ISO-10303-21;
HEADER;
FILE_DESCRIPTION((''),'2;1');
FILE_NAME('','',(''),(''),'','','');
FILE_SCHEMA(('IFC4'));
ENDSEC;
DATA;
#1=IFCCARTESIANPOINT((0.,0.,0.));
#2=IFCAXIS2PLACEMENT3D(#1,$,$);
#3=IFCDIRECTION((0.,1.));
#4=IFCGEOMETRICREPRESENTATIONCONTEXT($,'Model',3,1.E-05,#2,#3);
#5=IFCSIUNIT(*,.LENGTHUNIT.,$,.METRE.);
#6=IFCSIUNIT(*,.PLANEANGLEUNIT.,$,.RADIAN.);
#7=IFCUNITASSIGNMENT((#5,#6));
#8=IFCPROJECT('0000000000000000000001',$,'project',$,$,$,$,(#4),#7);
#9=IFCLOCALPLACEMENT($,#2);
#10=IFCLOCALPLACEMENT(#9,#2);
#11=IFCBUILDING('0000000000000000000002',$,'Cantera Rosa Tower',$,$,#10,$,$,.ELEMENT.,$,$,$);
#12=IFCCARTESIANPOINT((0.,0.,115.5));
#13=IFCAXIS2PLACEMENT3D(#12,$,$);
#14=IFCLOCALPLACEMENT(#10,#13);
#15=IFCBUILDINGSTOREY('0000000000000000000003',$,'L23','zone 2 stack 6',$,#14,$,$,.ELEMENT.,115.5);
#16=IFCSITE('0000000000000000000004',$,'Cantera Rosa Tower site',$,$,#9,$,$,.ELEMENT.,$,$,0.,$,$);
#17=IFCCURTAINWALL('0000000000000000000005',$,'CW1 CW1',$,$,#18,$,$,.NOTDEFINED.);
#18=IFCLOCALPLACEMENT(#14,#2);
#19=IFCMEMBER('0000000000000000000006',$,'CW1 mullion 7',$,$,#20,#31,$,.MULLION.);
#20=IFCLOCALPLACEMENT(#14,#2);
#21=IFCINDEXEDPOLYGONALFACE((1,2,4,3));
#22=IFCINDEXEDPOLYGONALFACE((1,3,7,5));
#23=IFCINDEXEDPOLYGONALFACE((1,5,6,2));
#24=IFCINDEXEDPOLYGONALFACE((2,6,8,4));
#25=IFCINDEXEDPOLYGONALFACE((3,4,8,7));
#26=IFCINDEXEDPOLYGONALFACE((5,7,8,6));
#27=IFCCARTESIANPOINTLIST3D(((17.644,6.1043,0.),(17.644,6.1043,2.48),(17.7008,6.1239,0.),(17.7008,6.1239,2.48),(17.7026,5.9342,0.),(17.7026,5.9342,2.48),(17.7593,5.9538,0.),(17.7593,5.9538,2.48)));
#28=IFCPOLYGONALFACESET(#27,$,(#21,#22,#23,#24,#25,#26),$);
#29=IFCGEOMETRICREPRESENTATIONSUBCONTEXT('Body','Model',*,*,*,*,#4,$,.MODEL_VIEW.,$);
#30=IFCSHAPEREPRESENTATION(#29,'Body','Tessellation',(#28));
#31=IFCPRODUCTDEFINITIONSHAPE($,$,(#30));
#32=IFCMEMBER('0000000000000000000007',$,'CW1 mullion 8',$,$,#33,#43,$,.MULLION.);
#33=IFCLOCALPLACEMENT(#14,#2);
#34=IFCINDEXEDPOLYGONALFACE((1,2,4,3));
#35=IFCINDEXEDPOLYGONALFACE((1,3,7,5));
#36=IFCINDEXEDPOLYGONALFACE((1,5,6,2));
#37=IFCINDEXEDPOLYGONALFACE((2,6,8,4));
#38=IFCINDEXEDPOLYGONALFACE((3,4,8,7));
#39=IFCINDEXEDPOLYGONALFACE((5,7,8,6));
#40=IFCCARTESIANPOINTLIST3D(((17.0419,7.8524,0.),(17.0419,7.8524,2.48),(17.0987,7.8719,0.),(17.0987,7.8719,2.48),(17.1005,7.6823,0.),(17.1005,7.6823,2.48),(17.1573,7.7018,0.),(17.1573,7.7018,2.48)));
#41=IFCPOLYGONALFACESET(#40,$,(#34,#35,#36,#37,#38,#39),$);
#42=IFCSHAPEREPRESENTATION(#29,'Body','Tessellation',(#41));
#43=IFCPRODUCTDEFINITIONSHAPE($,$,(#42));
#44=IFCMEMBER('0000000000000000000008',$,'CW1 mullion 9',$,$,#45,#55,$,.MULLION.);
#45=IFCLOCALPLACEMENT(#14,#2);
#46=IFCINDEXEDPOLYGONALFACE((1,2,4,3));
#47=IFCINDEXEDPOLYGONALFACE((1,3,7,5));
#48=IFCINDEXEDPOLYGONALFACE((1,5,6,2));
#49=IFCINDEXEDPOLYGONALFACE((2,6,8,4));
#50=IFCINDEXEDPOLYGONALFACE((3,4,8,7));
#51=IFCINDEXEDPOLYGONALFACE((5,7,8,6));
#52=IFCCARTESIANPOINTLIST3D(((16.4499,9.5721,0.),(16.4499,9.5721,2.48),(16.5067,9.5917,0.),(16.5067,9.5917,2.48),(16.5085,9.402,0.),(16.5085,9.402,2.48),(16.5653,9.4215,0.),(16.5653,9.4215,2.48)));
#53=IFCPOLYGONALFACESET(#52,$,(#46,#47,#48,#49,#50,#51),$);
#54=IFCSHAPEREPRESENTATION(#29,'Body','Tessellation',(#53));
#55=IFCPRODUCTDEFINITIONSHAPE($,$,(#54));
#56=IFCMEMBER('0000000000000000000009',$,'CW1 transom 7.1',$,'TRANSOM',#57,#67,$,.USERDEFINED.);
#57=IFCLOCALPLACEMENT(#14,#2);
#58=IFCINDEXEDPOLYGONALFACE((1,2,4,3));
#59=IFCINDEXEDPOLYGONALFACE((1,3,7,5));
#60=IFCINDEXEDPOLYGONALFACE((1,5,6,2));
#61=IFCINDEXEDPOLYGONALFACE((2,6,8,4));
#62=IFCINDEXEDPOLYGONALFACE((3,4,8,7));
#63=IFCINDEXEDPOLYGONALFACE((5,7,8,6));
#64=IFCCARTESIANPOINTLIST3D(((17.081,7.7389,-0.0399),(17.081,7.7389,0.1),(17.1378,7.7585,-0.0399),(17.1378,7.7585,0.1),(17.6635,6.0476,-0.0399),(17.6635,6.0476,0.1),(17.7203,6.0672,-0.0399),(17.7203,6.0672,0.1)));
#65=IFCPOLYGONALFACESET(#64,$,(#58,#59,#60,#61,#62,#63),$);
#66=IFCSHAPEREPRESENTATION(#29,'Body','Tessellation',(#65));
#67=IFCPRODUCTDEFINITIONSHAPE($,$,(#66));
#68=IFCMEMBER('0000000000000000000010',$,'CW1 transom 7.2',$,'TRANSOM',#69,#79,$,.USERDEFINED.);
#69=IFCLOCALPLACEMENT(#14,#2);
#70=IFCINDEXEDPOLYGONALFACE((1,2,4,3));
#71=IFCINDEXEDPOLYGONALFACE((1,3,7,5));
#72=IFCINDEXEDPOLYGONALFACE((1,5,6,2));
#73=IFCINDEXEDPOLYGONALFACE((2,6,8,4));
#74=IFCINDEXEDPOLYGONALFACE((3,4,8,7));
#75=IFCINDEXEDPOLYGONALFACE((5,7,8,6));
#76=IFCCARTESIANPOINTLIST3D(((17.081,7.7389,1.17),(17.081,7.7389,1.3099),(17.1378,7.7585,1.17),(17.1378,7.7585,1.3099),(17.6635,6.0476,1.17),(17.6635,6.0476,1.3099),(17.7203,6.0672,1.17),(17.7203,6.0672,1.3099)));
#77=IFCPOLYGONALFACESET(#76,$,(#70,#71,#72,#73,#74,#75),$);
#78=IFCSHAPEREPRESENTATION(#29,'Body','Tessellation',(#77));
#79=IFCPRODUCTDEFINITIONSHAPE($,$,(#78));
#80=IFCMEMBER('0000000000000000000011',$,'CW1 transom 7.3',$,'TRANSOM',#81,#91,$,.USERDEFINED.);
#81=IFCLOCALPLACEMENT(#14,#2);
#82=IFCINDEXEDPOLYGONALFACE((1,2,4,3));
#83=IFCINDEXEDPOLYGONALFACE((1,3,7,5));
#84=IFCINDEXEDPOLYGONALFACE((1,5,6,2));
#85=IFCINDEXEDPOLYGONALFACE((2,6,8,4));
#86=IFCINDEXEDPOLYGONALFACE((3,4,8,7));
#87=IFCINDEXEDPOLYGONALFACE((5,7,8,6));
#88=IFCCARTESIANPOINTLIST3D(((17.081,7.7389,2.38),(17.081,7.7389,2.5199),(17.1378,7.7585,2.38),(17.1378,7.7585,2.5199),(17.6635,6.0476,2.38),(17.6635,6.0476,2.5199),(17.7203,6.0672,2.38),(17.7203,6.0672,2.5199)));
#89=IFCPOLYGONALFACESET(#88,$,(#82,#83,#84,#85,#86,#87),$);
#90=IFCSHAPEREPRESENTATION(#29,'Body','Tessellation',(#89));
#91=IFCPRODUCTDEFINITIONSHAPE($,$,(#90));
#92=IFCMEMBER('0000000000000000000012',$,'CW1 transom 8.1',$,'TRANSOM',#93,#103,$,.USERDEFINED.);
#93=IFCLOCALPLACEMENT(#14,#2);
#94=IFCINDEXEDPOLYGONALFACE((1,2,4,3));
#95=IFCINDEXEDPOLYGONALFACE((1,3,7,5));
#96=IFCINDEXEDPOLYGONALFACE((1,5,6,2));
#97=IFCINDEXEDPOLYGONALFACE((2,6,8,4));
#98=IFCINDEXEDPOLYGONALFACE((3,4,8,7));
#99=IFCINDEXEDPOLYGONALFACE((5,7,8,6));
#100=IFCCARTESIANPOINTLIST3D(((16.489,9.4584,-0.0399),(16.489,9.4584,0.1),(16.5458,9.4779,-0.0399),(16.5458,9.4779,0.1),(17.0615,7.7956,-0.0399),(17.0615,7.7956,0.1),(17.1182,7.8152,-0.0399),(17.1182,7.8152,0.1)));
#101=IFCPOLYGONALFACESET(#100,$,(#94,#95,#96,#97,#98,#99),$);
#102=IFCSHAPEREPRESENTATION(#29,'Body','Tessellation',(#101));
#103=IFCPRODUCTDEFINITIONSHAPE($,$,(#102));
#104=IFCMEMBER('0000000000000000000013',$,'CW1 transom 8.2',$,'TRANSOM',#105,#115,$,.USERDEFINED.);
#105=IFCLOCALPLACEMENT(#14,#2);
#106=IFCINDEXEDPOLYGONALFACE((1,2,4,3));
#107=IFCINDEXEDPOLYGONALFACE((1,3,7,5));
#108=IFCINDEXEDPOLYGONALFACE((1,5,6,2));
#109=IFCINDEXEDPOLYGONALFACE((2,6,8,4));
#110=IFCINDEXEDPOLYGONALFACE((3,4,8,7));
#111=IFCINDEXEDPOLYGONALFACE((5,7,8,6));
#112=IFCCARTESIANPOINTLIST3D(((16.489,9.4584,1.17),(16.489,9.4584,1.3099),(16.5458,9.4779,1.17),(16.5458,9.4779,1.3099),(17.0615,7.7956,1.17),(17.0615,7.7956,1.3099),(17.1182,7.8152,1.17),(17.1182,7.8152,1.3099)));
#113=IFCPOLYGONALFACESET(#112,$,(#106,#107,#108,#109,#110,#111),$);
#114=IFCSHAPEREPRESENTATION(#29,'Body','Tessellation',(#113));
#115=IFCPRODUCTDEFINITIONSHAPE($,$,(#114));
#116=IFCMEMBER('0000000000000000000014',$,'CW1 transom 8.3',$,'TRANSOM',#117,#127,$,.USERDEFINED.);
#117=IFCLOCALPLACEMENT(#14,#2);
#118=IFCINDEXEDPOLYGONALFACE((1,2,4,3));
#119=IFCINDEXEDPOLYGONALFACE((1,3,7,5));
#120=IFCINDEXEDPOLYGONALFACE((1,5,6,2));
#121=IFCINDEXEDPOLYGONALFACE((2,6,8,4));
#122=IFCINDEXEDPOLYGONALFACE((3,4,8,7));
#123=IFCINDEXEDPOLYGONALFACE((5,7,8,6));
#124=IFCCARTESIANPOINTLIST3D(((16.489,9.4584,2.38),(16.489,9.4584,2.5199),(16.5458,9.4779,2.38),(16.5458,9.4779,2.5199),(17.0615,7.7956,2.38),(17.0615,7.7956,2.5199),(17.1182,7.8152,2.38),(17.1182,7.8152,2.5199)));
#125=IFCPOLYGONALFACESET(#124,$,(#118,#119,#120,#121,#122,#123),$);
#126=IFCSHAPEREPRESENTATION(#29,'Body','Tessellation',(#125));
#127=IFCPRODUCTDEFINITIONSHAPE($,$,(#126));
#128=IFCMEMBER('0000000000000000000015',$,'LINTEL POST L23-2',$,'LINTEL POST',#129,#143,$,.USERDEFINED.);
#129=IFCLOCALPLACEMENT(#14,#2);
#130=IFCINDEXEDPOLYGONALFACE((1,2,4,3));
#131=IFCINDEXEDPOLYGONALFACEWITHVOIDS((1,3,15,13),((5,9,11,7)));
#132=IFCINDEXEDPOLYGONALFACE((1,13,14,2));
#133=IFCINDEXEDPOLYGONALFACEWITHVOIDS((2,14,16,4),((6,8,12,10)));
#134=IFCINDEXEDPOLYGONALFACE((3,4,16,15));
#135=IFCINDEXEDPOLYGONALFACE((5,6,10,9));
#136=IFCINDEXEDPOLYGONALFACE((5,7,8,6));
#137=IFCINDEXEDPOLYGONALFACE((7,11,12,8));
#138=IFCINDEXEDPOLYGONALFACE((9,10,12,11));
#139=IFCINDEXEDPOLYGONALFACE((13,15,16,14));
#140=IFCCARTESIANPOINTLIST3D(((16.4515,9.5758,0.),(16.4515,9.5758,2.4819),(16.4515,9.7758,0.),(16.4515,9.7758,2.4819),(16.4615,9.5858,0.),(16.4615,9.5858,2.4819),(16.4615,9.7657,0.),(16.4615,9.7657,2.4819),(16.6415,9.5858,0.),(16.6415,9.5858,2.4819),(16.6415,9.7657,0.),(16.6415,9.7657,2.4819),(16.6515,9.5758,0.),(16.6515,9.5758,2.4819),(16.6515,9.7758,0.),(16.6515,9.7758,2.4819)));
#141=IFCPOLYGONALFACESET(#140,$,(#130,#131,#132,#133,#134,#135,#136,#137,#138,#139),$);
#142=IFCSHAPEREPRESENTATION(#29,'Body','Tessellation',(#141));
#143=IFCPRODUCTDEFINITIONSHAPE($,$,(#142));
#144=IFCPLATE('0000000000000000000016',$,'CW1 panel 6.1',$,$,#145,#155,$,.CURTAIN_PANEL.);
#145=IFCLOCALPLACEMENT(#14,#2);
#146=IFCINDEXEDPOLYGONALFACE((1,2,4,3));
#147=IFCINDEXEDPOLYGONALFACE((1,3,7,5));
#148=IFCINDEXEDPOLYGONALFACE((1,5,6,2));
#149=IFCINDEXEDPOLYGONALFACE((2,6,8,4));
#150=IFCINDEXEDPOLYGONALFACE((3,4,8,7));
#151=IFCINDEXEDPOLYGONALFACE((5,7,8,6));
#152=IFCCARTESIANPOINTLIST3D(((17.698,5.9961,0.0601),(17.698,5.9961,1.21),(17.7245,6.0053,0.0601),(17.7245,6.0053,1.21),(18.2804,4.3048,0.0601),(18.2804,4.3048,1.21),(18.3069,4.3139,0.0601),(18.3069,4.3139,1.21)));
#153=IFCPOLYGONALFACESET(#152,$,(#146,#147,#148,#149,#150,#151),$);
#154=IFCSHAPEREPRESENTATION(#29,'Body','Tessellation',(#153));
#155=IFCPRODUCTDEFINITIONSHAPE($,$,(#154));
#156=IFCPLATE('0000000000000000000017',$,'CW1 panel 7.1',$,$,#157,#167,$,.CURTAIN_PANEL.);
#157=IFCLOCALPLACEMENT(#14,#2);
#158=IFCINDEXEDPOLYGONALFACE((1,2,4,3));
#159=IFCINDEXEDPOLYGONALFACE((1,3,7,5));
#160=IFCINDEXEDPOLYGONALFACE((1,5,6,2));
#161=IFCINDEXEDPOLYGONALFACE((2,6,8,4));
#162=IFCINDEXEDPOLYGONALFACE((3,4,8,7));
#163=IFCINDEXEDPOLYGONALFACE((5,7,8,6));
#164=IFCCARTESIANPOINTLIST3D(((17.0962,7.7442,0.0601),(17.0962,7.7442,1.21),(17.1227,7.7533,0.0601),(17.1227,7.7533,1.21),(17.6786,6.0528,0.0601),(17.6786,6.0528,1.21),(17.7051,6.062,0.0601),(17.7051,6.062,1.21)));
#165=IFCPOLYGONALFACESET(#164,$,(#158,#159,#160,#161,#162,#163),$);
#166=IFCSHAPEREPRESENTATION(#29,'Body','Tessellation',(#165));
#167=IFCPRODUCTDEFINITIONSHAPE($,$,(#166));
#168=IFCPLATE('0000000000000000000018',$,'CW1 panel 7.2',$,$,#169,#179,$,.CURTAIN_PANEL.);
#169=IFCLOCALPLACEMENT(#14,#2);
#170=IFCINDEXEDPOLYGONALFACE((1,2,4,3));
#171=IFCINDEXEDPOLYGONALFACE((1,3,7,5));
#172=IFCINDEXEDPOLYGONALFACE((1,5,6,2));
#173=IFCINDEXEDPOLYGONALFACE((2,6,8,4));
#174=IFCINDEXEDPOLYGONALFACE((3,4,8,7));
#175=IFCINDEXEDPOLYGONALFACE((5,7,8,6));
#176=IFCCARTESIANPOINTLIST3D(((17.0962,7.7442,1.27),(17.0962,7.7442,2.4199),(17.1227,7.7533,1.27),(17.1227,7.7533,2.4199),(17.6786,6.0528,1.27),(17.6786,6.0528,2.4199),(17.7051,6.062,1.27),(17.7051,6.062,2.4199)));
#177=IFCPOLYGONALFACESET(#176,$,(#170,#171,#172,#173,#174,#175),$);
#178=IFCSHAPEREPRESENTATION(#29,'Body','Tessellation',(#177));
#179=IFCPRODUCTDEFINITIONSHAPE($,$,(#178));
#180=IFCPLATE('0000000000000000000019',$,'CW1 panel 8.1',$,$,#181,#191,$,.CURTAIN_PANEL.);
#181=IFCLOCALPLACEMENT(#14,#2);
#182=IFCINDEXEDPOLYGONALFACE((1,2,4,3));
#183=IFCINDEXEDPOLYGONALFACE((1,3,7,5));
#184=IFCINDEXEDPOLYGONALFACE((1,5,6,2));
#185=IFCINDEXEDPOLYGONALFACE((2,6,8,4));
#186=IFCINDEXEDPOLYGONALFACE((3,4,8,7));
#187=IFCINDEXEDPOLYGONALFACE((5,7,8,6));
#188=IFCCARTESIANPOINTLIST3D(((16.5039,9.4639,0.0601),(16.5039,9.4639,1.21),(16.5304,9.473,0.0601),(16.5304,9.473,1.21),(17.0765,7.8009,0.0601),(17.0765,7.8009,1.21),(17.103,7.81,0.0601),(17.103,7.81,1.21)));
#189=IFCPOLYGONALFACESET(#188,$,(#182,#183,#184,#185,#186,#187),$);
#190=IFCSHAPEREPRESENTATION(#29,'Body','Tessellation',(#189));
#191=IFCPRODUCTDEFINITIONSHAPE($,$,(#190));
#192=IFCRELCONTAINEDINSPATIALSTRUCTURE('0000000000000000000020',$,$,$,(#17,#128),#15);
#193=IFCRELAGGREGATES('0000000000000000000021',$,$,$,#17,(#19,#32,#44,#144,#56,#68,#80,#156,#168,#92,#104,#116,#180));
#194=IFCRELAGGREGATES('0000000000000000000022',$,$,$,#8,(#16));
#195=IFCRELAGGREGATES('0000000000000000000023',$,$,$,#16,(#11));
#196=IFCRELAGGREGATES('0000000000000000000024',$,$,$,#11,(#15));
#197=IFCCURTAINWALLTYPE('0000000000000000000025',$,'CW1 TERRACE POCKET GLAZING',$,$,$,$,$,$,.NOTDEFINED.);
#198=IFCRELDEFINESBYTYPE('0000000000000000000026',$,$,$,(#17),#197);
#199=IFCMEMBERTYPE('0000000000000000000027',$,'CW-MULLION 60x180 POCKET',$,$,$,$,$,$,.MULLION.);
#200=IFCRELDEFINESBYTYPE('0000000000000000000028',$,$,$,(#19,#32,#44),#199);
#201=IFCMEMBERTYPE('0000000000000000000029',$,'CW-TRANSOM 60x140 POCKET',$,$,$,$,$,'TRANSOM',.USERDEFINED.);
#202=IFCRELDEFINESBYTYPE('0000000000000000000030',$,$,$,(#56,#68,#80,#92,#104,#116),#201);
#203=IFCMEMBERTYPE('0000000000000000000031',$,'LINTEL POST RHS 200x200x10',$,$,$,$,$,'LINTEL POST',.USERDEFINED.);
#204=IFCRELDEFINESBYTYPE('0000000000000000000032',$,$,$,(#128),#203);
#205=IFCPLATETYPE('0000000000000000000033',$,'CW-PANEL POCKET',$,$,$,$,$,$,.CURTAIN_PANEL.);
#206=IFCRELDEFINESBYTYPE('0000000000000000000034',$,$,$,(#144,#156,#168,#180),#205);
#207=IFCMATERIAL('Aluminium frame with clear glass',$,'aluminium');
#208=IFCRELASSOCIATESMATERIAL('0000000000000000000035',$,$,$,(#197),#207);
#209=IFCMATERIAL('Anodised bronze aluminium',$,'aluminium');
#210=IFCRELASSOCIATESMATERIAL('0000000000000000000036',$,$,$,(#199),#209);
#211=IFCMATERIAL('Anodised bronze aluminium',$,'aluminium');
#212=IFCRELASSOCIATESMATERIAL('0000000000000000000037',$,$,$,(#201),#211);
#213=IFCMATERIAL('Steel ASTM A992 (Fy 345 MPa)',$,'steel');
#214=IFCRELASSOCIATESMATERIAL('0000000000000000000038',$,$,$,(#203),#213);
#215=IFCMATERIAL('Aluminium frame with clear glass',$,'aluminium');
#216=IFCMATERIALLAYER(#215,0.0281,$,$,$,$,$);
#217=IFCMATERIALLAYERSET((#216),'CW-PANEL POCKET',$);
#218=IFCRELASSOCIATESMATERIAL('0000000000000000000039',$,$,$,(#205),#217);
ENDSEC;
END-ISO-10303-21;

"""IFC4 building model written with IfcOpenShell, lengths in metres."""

from ifc_helpers import new_model, si_unit, direction, frame, origin, origin_2d, place, context, subcontext, project, spatial, rectangle, hollow_rectangle, extrude, material, layer, layer_set, material_profile, profile_set, type_object, element, aggregate, save


model = new_model("IFC4")

# Units and contexts
model_context = context("Model", 3, precision=1e-05, world=origin(), true_north=direction((0.0, 1.0)))
body_context = subcontext(model_context, "Body", "Model", "MODEL_VIEW")
ifc_project = project(units=[si_unit("LENGTHUNIT", "METRE"), si_unit("PLANEANGLEUNIT", "RADIAN")], contexts=[model_context])

# Site, building, storey
site_placement = place(None, origin())
site = spatial("IfcSite", under=ifc_project, at=site_placement, Name="Cantera Rosa Tower site", CompositionType="ELEMENT", RefElevation=0.0)
building_placement = place(site_placement, origin())
building = spatial("IfcBuilding", under=site, at=building_placement, Name="Cantera Rosa Tower", CompositionType="ELEMENT")
storey_placement = place(building_placement, frame((0.0, 0.0, 115.5)))
storey = spatial("IfcBuildingStorey", under=building, at=storey_placement, Name="L23", Description="zone 2 stack 6", CompositionType="ELEMENT", Elevation=115.5)

# Curtain wall, members
ifc_material_1 = material(Name="Aluminium frame with clear glass", Category="aluminium")
curtain_wall_type = type_object("IfcCurtainWallType", Name="CW1 TERRACE POCKET GLAZING", PredefinedType="NOTDEFINED", material=ifc_material_1)
curtain_wall_placement = place(storey_placement, origin())
curtain_wall = element("IfcCurtainWall", 1, at=curtain_wall_placement, inside=storey, type_object=curtain_wall_type, Name="CW1 CW1", PredefinedType="NOTDEFINED")
ifc_material_2 = material(Name="Anodised bronze aluminium", Category="aluminium")
ifc_material_profile_1 = material_profile(ifc_material_2, rectangle(XDim=0.0601, YDim=0.1799, at=origin_2d()), Name="CW-MULLION 60x180 POCKET")
ifc_profile_set_1 = profile_set([ifc_material_profile_1], Name="Anodised bronze aluminium")
member_type_1 = type_object("IfcMemberType", Name="CW-MULLION 60x180 POCKET", PredefinedType="MULLION", material=ifc_profile_set_1)
member_1_placement = place(storey_placement, frame((17.7017, 6.0291, 0.0), z_axis=(0.0, 0.0, 1.0), x_axis=(-0.945519, -0.325568, 0.0)))
member_1 = element("IfcMember", 2, at=member_1_placement, type_object=member_type_1, Name="CW1 mullion 7", PredefinedType="MULLION", context=body_context, shape_type="SweptSolid", body=[
    extrude(rectangle(XDim=0.0601, YDim=0.1799, at=origin_2d()), origin(), (0.0, 0.0, 1.0), 2.48),
])
member_2_placement = place(storey_placement, frame((17.0996, 7.7771, 0.0), z_axis=(0.0, 0.0, 1.0), x_axis=(-0.945519, -0.325568, 0.0)))
member_2 = element("IfcMember", 3, at=member_2_placement, type_object=member_type_1, Name="CW1 mullion 8", PredefinedType="MULLION", context=body_context, shape_type="SweptSolid", body=[
    extrude(rectangle(XDim=0.0601, YDim=0.1799, at=origin_2d()), origin(), (0.0, 0.0, 1.0), 2.48),
])
member_3_placement = place(storey_placement, frame((16.5076, 9.4968, 0.0), z_axis=(0.0, 0.0, 1.0), x_axis=(-0.945519, -0.325568, 0.0)))
member_3 = element("IfcMember", 4, at=member_3_placement, type_object=member_type_1, Name="CW1 mullion 9", PredefinedType="MULLION", context=body_context, shape_type="SweptSolid", body=[
    extrude(rectangle(XDim=0.0601, YDim=0.1799, at=origin_2d()), origin(), (0.0, 0.0, 1.0), 2.48),
])
ifc_material_3 = material(Name="Anodised bronze aluminium", Category="aluminium")
ifc_material_profile_2 = material_profile(ifc_material_3, rectangle(XDim=0.0601, YDim=0.1399, at=origin_2d()), Name="CW-TRANSOM 60x140 POCKET")
ifc_profile_set_2 = profile_set([ifc_material_profile_2], Name="Anodised bronze aluminium")
member_type_2 = type_object("IfcMemberType", Name="CW-TRANSOM 60x140 POCKET", ElementType="TRANSOM", PredefinedType="USERDEFINED", material=ifc_profile_set_2)
member_4_placement = place(storey_placement, frame((17.6919, 6.0574, 0.03), z_axis=(-0.325629, 0.945498, 0.0), x_axis=(-0.945498, -0.325629, 0.0)))
member_4 = element("IfcMember", 5, at=member_4_placement, type_object=member_type_2, Name="CW1 transom 7.1", ObjectType="TRANSOM", PredefinedType="USERDEFINED", context=body_context, shape_type="SweptSolid", body=[
    extrude(rectangle(XDim=0.0601, YDim=0.1399, at=origin_2d()), origin(), (0.0, 0.0, 1.0), 1.7888),
])
member_5_placement = place(storey_placement, frame((17.6919, 6.0574, 1.24), z_axis=(-0.325629, 0.945498, 0.0), x_axis=(-0.945498, -0.325629, 0.0)))
member_5 = element("IfcMember", 6, at=member_5_placement, type_object=member_type_2, Name="CW1 transom 7.2", ObjectType="TRANSOM", PredefinedType="USERDEFINED", context=body_context, shape_type="SweptSolid", body=[
    extrude(rectangle(XDim=0.0601, YDim=0.1399, at=origin_2d()), origin(), (0.0, 0.0, 1.0), 1.7888),
])
member_6_placement = place(storey_placement, frame((17.6919, 6.0574, 2.45), z_axis=(-0.325629, 0.945498, 0.0), x_axis=(-0.945498, -0.325629, 0.0)))
member_6 = element("IfcMember", 7, at=member_6_placement, type_object=member_type_2, Name="CW1 transom 7.3", ObjectType="TRANSOM", PredefinedType="USERDEFINED", context=body_context, shape_type="SweptSolid", body=[
    extrude(rectangle(XDim=0.0601, YDim=0.1399, at=origin_2d()), origin(), (0.0, 0.0, 1.0), 1.7888),
])
member_7_placement = place(storey_placement, frame((17.0898, 7.8054, 0.03), z_axis=(-0.325541, 0.945528, 0.0), x_axis=(-0.945528, -0.325541, 0.0)))
member_7 = element("IfcMember", 8, at=member_7_placement, type_object=member_type_2, Name="CW1 transom 8.1", ObjectType="TRANSOM", PredefinedType="USERDEFINED", context=body_context, shape_type="SweptSolid", body=[
    extrude(rectangle(XDim=0.0601, YDim=0.1399, at=origin_2d()), origin(), (0.0, 0.0, 1.0), 1.7585),
])
member_8_placement = place(storey_placement, frame((17.0898, 7.8054, 1.24), z_axis=(-0.325541, 0.945528, 0.0), x_axis=(-0.945528, -0.325541, 0.0)))
member_8 = element("IfcMember", 9, at=member_8_placement, type_object=member_type_2, Name="CW1 transom 8.2", ObjectType="TRANSOM", PredefinedType="USERDEFINED", context=body_context, shape_type="SweptSolid", body=[
    extrude(rectangle(XDim=0.0601, YDim=0.1399, at=origin_2d()), origin(), (0.0, 0.0, 1.0), 1.7585),
])
member_9_placement = place(storey_placement, frame((17.0898, 7.8054, 2.45), z_axis=(-0.325541, 0.945528, 0.0), x_axis=(-0.945528, -0.325541, 0.0)))
member_9 = element("IfcMember", 10, at=member_9_placement, type_object=member_type_2, Name="CW1 transom 8.3", ObjectType="TRANSOM", PredefinedType="USERDEFINED", context=body_context, shape_type="SweptSolid", body=[
    extrude(rectangle(XDim=0.0601, YDim=0.1399, at=origin_2d()), origin(), (0.0, 0.0, 1.0), 1.7585),
])

# Member
ifc_material_4 = material(Name="Steel ASTM A992 (Fy 345 MPa)", Category="steel")
ifc_material_profile_3 = material_profile(ifc_material_4, hollow_rectangle(XDim=0.2, YDim=0.2, WallThickness=0.01, at=origin_2d()), Name="LINTEL POST RHS 200x200x10")
ifc_profile_set_3 = profile_set([ifc_material_profile_3], Name="Steel ASTM A992 (Fy 345 MPa)")
member_type_3 = type_object("IfcMemberType", Name="LINTEL POST RHS 200x200x10", ElementType="LINTEL POST", PredefinedType="USERDEFINED", material=ifc_profile_set_3)
member_10_placement = place(storey_placement, frame((16.5515, 9.6758, 0.0), z_axis=(0.0, 0.0, 1.0), x_axis=(1.0, 0.0, 0.0)))
element("IfcMember", 11, at=member_10_placement, inside=storey, type_object=member_type_3, Name="LINTEL POST L23-2", ObjectType="LINTEL POST", PredefinedType="USERDEFINED", context=body_context, shape_type="SweptSolid", body=[
    extrude(hollow_rectangle(XDim=0.2, YDim=0.2, WallThickness=0.01, at=origin_2d()), origin(), (0.0, 0.0, 1.0), 2.4819),
])

# Plates
ifc_material_5 = material(Name="Aluminium frame with clear glass", Category="aluminium")
ifc_layer_1 = layer(ifc_material_5, 0.0281)
ifc_layer_set_1 = layer_set([ifc_layer_1], Name="CW-PANEL POCKET")
plate_type = type_object("IfcPlateType", Name="CW-PANEL POCKET", PredefinedType="CURTAIN_PANEL", material=ifc_layer_set_1)
plate_1_placement = place(storey_placement, frame((18.0024, 5.155, 0.0601), z_axis=(0.0, 0.0, 1.0), x_axis=(-0.325568, 0.945519, 0.0)))
plate_1 = element("IfcPlate", 12, at=plate_1_placement, type_object=plate_type, Name="CW1 panel 6.1", PredefinedType="CURTAIN_PANEL", context=body_context, shape_type="SweptSolid", body=[
    extrude(rectangle(XDim=1.7888, YDim=0.0281, at=origin_2d()), origin(), (0.0, 0.0, 1.0), 1.1499),
])
plate_2_placement = place(storey_placement, frame((17.4006, 6.9031, 0.0601), z_axis=(0.0, 0.0, 1.0), x_axis=(-0.325568, 0.945519, 0.0)))
plate_2 = element("IfcPlate", 13, at=plate_2_placement, type_object=plate_type, Name="CW1 panel 7.1", PredefinedType="CURTAIN_PANEL", context=body_context, shape_type="SweptSolid", body=[
    extrude(rectangle(XDim=1.7888, YDim=0.0281, at=origin_2d()), origin(), (0.0, 0.0, 1.0), 1.1499),
])
plate_3_placement = place(storey_placement, frame((17.4006, 6.9031, 1.27), z_axis=(0.0, 0.0, 1.0), x_axis=(-0.325568, 0.945519, 0.0)))
plate_3 = element("IfcPlate", 14, at=plate_3_placement, type_object=plate_type, Name="CW1 panel 7.2", PredefinedType="CURTAIN_PANEL", context=body_context, shape_type="SweptSolid", body=[
    extrude(rectangle(XDim=1.7888, YDim=0.0281, at=origin_2d()), origin(), (0.0, 0.0, 1.0), 1.1499),
])
plate_4_placement = place(storey_placement, frame((16.8035, 8.637, 0.0601), z_axis=(0.0, 0.0, 1.0), x_axis=(-0.325568, 0.945519, 0.0)))
plate_4 = element("IfcPlate", 15, at=plate_4_placement, type_object=plate_type, Name="CW1 panel 8.1", PredefinedType="CURTAIN_PANEL", context=body_context, shape_type="SweptSolid", body=[
    extrude(rectangle(XDim=1.7588, YDim=0.0281, at=origin_2d()), origin(), (0.0, 0.0, 1.0), 1.1499),
])
aggregate(curtain_wall, [member_1, member_2, member_3, plate_1, member_4, member_5, member_6, plate_2, plate_3, member_7, member_8, member_9, plate_4])

save(model, "model.ifc")
